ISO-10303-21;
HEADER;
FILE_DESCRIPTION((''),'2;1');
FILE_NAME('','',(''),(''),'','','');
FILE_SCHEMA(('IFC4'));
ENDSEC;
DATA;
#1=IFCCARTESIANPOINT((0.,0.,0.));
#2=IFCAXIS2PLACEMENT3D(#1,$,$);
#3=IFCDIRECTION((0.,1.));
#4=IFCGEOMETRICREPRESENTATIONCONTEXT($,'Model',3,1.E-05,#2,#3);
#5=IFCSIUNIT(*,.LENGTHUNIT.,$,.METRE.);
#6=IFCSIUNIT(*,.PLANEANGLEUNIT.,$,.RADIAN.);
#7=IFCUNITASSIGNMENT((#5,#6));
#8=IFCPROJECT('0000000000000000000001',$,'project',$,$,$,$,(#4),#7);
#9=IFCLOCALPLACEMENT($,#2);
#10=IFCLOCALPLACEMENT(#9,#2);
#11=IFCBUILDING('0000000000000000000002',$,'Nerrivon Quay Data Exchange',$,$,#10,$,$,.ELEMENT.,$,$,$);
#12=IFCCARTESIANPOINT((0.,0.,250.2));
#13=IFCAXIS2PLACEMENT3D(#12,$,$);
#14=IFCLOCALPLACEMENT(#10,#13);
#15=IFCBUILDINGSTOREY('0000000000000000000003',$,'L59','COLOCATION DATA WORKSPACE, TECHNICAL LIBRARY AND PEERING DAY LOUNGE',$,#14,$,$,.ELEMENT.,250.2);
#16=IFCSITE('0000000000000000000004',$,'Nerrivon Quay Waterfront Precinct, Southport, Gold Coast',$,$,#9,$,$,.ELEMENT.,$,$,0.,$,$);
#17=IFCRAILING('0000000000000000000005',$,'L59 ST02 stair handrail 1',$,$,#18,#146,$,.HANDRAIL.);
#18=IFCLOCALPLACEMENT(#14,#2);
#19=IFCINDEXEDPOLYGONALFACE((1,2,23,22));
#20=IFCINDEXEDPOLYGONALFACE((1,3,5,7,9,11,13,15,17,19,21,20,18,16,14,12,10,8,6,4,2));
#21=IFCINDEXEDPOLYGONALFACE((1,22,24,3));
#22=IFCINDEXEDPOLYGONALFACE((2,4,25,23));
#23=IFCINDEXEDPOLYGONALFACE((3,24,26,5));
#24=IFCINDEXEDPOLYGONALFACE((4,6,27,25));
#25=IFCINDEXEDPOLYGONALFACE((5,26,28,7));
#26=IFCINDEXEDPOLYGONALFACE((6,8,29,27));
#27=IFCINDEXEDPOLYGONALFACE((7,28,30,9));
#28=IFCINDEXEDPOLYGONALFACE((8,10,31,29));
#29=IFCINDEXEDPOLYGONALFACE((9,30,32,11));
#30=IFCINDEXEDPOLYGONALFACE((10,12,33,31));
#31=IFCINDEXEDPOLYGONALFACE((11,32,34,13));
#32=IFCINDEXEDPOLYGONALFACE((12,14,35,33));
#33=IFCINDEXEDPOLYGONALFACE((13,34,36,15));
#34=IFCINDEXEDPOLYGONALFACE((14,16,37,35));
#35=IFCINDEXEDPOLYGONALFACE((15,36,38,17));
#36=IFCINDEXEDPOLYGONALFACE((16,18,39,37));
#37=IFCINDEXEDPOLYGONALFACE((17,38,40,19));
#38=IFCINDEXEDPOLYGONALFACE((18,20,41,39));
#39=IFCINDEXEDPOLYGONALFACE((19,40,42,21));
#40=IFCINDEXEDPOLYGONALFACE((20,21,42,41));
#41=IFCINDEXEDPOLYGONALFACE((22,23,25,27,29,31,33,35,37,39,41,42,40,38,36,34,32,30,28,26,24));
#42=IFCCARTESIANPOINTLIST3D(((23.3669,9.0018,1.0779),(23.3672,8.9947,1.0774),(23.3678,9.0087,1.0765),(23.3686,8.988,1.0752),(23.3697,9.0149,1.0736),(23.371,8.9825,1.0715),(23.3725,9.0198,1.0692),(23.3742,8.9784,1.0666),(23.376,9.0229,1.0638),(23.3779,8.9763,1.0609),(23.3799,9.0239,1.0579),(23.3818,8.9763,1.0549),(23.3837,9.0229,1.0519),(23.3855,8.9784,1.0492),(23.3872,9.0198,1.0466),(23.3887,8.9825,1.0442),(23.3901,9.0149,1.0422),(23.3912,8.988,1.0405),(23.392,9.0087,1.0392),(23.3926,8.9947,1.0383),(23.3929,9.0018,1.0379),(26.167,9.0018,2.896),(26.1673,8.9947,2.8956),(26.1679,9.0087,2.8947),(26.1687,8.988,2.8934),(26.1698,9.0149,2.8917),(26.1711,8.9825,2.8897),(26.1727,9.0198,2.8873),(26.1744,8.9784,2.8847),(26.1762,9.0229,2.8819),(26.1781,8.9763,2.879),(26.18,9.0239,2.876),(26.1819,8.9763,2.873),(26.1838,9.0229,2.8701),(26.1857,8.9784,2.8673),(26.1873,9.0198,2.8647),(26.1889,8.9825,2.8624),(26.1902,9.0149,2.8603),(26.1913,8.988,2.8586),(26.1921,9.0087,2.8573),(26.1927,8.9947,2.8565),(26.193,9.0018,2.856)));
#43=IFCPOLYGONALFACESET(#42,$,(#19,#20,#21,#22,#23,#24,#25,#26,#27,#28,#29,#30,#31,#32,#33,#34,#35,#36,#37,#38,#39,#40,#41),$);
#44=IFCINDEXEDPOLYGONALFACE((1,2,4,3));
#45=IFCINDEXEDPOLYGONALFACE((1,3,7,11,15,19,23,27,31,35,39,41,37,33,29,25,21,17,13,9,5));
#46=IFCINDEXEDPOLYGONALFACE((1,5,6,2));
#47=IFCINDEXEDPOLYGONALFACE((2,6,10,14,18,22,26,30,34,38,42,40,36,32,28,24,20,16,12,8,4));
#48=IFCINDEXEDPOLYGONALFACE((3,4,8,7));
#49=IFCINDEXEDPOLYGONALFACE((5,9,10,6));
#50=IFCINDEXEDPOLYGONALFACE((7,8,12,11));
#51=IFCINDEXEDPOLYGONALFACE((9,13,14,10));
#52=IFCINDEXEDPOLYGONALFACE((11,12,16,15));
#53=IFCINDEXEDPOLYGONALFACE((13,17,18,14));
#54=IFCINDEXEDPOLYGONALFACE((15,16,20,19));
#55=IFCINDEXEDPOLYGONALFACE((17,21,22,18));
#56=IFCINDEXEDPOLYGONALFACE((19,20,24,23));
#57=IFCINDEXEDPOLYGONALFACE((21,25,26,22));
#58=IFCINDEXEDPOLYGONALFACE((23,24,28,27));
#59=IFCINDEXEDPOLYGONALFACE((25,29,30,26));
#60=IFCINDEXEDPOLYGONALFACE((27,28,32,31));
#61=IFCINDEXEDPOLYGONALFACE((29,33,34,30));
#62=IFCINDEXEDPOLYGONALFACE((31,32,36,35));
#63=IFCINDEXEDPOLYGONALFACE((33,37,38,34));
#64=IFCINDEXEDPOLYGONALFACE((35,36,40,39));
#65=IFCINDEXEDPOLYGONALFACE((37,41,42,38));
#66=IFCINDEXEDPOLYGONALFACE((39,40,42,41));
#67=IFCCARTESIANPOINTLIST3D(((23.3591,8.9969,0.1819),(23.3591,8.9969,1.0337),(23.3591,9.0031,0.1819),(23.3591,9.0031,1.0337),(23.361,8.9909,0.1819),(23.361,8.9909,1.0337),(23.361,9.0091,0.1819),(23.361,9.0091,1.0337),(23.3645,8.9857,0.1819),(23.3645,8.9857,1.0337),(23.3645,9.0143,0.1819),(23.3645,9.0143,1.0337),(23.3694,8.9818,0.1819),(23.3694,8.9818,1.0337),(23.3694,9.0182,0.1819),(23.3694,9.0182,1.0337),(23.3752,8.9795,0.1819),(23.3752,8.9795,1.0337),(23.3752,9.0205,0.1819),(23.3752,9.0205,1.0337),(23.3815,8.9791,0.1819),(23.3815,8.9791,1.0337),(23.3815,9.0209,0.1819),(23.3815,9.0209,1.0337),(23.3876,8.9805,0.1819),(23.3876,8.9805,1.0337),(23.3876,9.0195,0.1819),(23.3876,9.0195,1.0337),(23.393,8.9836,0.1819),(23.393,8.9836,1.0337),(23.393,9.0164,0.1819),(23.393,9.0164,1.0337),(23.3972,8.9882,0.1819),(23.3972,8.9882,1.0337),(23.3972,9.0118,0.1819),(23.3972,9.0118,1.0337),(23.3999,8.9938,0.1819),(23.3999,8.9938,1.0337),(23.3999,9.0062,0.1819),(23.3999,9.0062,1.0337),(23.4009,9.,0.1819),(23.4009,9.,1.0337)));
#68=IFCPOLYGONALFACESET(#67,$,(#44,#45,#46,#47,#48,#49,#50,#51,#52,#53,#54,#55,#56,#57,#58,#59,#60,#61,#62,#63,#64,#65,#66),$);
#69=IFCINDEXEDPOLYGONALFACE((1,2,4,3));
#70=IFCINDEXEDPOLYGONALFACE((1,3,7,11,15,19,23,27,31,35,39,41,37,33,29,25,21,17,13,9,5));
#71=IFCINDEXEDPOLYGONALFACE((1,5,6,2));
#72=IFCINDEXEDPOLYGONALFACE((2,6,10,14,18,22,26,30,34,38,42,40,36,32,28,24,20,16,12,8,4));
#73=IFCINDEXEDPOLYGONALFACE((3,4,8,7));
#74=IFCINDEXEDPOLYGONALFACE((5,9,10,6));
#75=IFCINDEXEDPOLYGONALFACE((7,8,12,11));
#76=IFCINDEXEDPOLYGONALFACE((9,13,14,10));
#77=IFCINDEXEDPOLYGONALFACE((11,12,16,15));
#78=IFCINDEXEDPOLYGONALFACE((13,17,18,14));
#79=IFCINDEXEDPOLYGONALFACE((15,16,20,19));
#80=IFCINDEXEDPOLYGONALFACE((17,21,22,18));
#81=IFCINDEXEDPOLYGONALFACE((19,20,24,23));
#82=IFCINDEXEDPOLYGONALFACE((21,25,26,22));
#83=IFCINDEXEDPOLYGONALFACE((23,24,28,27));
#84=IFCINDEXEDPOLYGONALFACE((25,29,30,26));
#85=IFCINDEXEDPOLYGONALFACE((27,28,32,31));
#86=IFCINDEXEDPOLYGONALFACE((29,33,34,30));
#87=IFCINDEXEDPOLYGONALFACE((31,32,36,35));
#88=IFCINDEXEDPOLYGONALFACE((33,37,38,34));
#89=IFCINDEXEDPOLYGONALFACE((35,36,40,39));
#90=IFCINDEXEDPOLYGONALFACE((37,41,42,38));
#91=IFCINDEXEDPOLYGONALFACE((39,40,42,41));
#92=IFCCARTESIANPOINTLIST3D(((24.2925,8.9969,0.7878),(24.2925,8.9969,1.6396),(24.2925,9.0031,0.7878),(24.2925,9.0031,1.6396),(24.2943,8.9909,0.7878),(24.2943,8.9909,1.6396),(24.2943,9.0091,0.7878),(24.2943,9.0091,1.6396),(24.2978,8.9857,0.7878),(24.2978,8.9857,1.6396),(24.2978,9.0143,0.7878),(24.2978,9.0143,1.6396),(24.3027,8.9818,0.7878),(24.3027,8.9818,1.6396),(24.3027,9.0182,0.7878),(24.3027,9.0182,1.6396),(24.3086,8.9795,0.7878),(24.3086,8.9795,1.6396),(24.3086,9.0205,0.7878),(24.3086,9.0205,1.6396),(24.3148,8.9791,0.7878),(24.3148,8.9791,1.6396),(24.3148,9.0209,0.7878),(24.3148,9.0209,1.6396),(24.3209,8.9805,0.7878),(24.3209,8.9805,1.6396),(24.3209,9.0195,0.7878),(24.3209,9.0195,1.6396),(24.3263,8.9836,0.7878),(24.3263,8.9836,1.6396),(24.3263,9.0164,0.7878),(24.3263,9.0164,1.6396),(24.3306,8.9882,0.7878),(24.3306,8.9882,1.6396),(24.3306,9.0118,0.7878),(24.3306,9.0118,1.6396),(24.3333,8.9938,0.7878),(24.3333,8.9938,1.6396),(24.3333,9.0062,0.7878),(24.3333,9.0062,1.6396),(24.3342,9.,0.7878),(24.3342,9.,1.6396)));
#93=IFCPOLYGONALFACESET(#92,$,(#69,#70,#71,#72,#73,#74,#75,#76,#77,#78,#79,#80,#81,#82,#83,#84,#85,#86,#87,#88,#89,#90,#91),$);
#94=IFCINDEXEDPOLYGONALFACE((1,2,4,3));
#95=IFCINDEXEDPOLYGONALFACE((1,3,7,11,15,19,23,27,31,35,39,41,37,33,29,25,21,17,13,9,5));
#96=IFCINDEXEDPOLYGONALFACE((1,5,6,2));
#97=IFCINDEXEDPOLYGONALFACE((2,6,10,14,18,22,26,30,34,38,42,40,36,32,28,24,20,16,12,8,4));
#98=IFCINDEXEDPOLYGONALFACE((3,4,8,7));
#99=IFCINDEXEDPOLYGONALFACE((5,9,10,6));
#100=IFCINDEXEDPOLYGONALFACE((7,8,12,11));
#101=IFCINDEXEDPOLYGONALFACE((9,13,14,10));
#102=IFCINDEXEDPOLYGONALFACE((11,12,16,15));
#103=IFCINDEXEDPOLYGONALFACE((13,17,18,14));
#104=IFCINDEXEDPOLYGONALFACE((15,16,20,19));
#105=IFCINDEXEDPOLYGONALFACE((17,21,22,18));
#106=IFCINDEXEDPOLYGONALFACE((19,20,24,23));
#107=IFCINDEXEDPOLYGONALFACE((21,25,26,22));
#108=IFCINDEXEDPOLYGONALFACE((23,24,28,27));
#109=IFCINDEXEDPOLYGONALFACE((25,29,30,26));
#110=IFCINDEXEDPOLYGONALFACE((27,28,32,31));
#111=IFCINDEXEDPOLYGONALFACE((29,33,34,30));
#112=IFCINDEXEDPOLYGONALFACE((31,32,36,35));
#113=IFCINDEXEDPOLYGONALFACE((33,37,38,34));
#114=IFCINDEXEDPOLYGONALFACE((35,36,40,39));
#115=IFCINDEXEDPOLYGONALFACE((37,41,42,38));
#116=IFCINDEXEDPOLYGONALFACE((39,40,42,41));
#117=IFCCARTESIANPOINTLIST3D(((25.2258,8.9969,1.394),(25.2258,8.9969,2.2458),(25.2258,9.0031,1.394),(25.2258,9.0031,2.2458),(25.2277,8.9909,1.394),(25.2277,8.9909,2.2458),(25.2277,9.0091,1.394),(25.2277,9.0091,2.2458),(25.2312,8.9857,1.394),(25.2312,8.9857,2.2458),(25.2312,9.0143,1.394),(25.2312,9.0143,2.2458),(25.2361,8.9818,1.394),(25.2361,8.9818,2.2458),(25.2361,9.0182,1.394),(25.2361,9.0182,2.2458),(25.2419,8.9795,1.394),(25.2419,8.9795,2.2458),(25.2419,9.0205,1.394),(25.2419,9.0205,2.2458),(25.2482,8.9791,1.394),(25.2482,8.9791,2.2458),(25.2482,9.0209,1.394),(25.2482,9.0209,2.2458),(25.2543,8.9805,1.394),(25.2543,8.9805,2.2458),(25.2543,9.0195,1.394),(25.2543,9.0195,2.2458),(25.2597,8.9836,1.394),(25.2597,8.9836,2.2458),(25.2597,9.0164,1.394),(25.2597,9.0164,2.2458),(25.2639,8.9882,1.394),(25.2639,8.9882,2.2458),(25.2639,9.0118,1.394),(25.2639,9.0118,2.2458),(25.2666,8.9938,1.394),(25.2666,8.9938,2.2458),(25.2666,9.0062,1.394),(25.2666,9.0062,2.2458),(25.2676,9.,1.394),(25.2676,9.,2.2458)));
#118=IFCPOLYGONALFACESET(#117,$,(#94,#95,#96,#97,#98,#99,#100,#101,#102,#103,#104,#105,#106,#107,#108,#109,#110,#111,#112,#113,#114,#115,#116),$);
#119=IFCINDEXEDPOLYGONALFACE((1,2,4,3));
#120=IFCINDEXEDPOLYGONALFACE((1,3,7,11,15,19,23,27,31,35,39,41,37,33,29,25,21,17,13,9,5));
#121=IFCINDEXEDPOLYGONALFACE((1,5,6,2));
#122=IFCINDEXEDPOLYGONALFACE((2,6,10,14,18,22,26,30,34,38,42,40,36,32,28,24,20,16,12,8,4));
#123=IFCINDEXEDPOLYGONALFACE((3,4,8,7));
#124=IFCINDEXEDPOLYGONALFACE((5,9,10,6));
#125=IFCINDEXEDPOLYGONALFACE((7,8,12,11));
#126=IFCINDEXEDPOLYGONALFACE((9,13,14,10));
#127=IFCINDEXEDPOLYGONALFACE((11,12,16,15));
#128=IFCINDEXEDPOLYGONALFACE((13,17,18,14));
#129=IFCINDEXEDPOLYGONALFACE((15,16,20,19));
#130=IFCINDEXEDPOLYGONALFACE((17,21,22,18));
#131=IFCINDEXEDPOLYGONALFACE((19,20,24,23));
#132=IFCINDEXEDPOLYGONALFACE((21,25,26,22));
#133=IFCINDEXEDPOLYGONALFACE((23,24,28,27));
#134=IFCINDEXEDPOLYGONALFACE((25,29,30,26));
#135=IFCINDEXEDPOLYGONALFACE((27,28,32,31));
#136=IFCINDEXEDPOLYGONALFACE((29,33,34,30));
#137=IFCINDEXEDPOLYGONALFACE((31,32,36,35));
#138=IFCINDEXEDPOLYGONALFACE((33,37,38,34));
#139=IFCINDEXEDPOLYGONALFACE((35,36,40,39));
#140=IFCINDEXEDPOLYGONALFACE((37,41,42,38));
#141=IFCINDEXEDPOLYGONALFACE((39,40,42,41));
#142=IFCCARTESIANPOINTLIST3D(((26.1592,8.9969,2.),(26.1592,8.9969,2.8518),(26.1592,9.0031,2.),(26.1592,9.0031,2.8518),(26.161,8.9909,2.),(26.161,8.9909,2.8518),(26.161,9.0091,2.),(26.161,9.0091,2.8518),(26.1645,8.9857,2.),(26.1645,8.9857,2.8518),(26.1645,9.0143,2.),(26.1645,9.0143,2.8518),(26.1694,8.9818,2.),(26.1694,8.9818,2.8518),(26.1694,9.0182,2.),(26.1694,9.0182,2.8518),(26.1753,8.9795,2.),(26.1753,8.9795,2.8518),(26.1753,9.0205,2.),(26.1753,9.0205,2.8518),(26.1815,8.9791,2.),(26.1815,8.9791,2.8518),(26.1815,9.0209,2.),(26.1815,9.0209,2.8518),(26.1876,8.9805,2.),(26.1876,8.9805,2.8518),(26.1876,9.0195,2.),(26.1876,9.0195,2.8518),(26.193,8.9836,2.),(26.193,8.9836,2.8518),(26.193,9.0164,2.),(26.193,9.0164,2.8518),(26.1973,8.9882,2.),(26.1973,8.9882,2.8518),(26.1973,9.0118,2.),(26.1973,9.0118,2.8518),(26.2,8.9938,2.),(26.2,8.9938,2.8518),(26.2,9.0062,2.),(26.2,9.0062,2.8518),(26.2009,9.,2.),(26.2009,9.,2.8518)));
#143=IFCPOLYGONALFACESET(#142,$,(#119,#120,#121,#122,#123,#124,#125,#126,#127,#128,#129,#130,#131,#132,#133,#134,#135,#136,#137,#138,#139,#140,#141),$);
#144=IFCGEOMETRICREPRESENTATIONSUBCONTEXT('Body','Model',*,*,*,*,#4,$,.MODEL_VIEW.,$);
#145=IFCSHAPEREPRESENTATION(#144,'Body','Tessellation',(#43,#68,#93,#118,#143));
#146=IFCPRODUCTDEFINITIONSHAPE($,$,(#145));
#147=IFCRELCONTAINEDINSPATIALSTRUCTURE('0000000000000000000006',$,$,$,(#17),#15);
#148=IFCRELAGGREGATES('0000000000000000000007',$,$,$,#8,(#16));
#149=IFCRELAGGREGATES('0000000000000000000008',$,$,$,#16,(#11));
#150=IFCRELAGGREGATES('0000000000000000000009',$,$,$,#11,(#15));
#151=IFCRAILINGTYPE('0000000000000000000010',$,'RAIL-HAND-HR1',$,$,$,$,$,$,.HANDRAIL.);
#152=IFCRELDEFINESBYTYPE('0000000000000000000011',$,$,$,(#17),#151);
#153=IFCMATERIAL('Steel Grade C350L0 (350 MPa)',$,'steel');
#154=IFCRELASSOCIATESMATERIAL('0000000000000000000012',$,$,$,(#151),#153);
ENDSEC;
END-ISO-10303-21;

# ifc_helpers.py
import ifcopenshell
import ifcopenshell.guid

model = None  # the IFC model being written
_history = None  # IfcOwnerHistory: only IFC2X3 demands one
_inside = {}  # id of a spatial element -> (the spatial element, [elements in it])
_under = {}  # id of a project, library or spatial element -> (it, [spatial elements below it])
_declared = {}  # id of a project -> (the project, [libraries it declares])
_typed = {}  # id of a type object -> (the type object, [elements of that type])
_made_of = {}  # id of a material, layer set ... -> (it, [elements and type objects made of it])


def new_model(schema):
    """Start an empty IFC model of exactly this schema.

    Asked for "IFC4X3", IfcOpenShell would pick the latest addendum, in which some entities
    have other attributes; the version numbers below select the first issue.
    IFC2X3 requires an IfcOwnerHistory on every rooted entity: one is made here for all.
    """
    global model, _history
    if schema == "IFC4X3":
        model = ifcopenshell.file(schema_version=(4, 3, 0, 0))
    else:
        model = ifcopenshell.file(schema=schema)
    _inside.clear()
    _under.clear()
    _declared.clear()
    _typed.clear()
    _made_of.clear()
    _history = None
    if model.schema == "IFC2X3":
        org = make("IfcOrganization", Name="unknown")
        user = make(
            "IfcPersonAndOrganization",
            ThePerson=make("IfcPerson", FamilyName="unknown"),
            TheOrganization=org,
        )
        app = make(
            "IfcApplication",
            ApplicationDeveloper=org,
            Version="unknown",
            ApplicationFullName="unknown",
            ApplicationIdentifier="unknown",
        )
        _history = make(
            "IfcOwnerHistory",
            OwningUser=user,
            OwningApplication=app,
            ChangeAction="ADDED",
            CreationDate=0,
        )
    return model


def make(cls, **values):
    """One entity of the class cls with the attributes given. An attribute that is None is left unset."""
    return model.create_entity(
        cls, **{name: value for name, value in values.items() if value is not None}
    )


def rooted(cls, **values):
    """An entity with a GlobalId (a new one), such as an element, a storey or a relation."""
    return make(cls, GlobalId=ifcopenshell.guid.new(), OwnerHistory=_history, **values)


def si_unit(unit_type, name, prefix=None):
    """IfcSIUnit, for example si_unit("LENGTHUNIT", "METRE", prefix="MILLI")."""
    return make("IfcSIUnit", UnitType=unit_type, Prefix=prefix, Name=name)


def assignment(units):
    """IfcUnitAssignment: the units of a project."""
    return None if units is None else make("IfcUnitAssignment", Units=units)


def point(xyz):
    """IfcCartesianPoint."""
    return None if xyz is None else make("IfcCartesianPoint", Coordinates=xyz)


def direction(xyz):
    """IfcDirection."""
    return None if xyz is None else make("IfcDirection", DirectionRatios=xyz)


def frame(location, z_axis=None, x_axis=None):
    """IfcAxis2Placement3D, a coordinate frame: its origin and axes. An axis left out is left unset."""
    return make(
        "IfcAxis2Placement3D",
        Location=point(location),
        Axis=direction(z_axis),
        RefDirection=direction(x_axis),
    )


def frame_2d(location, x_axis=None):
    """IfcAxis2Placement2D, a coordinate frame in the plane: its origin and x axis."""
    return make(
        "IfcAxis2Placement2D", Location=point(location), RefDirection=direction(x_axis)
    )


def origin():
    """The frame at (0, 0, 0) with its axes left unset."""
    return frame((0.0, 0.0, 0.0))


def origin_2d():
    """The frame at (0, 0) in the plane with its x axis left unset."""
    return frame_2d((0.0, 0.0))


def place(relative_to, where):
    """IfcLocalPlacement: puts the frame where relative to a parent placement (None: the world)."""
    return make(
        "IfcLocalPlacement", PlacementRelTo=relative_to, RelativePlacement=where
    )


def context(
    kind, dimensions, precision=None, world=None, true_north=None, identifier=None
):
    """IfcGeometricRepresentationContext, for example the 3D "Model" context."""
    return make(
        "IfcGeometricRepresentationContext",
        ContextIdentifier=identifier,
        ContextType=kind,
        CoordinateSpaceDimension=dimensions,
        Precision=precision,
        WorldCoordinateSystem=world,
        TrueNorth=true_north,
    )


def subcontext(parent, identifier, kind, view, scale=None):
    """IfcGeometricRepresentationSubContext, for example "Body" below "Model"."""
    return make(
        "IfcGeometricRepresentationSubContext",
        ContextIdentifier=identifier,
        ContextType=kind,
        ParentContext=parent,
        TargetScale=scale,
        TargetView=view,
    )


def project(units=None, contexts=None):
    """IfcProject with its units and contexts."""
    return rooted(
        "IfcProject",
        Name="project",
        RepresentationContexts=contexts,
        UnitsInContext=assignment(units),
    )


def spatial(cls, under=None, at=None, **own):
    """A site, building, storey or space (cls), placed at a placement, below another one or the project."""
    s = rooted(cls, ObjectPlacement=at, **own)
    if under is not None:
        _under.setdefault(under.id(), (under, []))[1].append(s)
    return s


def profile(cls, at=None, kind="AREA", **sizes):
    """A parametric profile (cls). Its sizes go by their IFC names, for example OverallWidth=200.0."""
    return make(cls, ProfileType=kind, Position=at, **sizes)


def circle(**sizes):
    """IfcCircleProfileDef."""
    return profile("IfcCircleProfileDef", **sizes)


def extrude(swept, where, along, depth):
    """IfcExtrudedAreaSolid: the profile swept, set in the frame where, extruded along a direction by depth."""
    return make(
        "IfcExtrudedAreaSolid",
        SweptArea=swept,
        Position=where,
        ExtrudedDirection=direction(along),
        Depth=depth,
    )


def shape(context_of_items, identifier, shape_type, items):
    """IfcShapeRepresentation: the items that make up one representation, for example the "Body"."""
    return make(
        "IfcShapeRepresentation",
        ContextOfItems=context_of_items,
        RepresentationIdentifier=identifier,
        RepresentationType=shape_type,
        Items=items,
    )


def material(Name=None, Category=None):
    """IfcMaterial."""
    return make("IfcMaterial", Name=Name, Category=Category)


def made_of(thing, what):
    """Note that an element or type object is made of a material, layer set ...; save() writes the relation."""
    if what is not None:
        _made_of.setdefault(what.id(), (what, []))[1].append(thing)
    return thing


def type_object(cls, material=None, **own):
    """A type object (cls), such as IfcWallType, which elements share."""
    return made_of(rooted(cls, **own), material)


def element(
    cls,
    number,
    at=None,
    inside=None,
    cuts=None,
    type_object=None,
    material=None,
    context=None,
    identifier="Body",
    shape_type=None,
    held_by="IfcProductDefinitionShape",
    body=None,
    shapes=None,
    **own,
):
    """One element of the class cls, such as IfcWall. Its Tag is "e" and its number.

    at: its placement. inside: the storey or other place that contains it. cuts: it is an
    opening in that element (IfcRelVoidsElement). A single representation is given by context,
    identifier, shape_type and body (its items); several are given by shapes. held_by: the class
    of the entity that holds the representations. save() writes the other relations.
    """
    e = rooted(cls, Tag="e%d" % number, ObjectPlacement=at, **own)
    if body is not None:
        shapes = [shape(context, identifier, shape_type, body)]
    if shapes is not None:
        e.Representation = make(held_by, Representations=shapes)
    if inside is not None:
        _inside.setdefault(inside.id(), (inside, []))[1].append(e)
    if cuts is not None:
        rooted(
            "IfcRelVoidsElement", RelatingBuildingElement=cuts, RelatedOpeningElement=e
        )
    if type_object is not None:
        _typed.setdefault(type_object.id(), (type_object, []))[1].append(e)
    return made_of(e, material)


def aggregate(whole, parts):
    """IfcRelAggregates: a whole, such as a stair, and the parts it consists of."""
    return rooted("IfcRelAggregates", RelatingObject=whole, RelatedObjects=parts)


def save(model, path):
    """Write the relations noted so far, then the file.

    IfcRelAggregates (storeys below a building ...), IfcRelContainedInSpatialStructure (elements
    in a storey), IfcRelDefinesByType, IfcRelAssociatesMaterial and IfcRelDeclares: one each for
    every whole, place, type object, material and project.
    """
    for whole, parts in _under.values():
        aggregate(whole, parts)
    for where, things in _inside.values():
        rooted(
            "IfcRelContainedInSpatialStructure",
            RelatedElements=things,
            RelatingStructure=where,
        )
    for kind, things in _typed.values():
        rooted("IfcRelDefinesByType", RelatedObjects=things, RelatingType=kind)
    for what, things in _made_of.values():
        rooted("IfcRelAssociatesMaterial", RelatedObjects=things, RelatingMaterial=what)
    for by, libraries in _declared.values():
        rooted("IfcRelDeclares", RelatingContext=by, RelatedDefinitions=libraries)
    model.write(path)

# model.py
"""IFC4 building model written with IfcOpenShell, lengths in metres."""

from ifc_helpers import new_model, si_unit, direction, frame, origin, origin_2d, place, context, subcontext, project, spatial, circle, extrude, material, type_object, element, save


model = new_model("IFC4")

# Units and contexts
model_context = context("Model", 3, precision=1e-05, world=origin(), true_north=direction((0.0, 1.0)))
body_context = subcontext(model_context, "Body", "Model", "MODEL_VIEW")
ifc_project = project(units=[si_unit("LENGTHUNIT", "METRE"), si_unit("PLANEANGLEUNIT", "RADIAN")], contexts=[model_context])

# Site, building, storey
site_placement = place(None, origin())
site = spatial("IfcSite", under=ifc_project, at=site_placement, Name="Nerrivon Quay Waterfront Precinct, Southport, Gold Coast", CompositionType="ELEMENT", RefElevation=0.0)
building_placement = place(site_placement, origin())
building = spatial("IfcBuilding", under=site, at=building_placement, Name="Nerrivon Quay Data Exchange", CompositionType="ELEMENT")
storey_placement = place(building_placement, frame((0.0, 0.0, 250.2)))
storey = spatial("IfcBuildingStorey", under=building, at=storey_placement, Name="L59", Description="COLOCATION DATA WORKSPACE, TECHNICAL LIBRARY AND PEERING DAY LOUNGE", CompositionType="ELEMENT", Elevation=250.2)

# Railing
ifc_material_1 = material(Name="Steel Grade C350L0 (350 MPa)", Category="steel")
railing_type_1 = type_object("IfcRailingType", Name="RAIL-HAND-HR1", PredefinedType="HANDRAIL", material=ifc_material_1)
railing_1_placement = place(storey_placement, frame((23.3799, 9.0, 0.1819)))
element("IfcRailing", 1, at=railing_1_placement, inside=storey, type_object=railing_type_1, Name="L59 ST02 stair handrail 1", PredefinedType="HANDRAIL", context=body_context, shape_type="SweptSolid", body=[
    extrude(circle(Radius=0.0239, at=origin_2d()), frame((0.0, 0.0, 0.876), z_axis=(0.838706, 0.0, 0.544585), x_axis=(0.0, 1.0, 0.0)), (0.0, 0.0, 1.0), 3.3386),
    extrude(circle(Radius=0.021, at=origin_2d()), origin(), (0.0, 0.0, 1.0), 0.8518),
    extrude(circle(Radius=0.021, at=origin_2d()), frame((0.9333, 0.0, 0.606)), (0.0, 0.0, 1.0), 0.8518),
    extrude(circle(Radius=0.021, at=origin_2d()), frame((1.8667, 0.0, 1.2122)), (0.0, 0.0, 1.0), 0.8518),
    extrude(circle(Radius=0.021, at=origin_2d()), frame((2.8, 0.0, 1.8181)), (0.0, 0.0, 1.0), 0.8518),
])

save(model, "model.ifc")
